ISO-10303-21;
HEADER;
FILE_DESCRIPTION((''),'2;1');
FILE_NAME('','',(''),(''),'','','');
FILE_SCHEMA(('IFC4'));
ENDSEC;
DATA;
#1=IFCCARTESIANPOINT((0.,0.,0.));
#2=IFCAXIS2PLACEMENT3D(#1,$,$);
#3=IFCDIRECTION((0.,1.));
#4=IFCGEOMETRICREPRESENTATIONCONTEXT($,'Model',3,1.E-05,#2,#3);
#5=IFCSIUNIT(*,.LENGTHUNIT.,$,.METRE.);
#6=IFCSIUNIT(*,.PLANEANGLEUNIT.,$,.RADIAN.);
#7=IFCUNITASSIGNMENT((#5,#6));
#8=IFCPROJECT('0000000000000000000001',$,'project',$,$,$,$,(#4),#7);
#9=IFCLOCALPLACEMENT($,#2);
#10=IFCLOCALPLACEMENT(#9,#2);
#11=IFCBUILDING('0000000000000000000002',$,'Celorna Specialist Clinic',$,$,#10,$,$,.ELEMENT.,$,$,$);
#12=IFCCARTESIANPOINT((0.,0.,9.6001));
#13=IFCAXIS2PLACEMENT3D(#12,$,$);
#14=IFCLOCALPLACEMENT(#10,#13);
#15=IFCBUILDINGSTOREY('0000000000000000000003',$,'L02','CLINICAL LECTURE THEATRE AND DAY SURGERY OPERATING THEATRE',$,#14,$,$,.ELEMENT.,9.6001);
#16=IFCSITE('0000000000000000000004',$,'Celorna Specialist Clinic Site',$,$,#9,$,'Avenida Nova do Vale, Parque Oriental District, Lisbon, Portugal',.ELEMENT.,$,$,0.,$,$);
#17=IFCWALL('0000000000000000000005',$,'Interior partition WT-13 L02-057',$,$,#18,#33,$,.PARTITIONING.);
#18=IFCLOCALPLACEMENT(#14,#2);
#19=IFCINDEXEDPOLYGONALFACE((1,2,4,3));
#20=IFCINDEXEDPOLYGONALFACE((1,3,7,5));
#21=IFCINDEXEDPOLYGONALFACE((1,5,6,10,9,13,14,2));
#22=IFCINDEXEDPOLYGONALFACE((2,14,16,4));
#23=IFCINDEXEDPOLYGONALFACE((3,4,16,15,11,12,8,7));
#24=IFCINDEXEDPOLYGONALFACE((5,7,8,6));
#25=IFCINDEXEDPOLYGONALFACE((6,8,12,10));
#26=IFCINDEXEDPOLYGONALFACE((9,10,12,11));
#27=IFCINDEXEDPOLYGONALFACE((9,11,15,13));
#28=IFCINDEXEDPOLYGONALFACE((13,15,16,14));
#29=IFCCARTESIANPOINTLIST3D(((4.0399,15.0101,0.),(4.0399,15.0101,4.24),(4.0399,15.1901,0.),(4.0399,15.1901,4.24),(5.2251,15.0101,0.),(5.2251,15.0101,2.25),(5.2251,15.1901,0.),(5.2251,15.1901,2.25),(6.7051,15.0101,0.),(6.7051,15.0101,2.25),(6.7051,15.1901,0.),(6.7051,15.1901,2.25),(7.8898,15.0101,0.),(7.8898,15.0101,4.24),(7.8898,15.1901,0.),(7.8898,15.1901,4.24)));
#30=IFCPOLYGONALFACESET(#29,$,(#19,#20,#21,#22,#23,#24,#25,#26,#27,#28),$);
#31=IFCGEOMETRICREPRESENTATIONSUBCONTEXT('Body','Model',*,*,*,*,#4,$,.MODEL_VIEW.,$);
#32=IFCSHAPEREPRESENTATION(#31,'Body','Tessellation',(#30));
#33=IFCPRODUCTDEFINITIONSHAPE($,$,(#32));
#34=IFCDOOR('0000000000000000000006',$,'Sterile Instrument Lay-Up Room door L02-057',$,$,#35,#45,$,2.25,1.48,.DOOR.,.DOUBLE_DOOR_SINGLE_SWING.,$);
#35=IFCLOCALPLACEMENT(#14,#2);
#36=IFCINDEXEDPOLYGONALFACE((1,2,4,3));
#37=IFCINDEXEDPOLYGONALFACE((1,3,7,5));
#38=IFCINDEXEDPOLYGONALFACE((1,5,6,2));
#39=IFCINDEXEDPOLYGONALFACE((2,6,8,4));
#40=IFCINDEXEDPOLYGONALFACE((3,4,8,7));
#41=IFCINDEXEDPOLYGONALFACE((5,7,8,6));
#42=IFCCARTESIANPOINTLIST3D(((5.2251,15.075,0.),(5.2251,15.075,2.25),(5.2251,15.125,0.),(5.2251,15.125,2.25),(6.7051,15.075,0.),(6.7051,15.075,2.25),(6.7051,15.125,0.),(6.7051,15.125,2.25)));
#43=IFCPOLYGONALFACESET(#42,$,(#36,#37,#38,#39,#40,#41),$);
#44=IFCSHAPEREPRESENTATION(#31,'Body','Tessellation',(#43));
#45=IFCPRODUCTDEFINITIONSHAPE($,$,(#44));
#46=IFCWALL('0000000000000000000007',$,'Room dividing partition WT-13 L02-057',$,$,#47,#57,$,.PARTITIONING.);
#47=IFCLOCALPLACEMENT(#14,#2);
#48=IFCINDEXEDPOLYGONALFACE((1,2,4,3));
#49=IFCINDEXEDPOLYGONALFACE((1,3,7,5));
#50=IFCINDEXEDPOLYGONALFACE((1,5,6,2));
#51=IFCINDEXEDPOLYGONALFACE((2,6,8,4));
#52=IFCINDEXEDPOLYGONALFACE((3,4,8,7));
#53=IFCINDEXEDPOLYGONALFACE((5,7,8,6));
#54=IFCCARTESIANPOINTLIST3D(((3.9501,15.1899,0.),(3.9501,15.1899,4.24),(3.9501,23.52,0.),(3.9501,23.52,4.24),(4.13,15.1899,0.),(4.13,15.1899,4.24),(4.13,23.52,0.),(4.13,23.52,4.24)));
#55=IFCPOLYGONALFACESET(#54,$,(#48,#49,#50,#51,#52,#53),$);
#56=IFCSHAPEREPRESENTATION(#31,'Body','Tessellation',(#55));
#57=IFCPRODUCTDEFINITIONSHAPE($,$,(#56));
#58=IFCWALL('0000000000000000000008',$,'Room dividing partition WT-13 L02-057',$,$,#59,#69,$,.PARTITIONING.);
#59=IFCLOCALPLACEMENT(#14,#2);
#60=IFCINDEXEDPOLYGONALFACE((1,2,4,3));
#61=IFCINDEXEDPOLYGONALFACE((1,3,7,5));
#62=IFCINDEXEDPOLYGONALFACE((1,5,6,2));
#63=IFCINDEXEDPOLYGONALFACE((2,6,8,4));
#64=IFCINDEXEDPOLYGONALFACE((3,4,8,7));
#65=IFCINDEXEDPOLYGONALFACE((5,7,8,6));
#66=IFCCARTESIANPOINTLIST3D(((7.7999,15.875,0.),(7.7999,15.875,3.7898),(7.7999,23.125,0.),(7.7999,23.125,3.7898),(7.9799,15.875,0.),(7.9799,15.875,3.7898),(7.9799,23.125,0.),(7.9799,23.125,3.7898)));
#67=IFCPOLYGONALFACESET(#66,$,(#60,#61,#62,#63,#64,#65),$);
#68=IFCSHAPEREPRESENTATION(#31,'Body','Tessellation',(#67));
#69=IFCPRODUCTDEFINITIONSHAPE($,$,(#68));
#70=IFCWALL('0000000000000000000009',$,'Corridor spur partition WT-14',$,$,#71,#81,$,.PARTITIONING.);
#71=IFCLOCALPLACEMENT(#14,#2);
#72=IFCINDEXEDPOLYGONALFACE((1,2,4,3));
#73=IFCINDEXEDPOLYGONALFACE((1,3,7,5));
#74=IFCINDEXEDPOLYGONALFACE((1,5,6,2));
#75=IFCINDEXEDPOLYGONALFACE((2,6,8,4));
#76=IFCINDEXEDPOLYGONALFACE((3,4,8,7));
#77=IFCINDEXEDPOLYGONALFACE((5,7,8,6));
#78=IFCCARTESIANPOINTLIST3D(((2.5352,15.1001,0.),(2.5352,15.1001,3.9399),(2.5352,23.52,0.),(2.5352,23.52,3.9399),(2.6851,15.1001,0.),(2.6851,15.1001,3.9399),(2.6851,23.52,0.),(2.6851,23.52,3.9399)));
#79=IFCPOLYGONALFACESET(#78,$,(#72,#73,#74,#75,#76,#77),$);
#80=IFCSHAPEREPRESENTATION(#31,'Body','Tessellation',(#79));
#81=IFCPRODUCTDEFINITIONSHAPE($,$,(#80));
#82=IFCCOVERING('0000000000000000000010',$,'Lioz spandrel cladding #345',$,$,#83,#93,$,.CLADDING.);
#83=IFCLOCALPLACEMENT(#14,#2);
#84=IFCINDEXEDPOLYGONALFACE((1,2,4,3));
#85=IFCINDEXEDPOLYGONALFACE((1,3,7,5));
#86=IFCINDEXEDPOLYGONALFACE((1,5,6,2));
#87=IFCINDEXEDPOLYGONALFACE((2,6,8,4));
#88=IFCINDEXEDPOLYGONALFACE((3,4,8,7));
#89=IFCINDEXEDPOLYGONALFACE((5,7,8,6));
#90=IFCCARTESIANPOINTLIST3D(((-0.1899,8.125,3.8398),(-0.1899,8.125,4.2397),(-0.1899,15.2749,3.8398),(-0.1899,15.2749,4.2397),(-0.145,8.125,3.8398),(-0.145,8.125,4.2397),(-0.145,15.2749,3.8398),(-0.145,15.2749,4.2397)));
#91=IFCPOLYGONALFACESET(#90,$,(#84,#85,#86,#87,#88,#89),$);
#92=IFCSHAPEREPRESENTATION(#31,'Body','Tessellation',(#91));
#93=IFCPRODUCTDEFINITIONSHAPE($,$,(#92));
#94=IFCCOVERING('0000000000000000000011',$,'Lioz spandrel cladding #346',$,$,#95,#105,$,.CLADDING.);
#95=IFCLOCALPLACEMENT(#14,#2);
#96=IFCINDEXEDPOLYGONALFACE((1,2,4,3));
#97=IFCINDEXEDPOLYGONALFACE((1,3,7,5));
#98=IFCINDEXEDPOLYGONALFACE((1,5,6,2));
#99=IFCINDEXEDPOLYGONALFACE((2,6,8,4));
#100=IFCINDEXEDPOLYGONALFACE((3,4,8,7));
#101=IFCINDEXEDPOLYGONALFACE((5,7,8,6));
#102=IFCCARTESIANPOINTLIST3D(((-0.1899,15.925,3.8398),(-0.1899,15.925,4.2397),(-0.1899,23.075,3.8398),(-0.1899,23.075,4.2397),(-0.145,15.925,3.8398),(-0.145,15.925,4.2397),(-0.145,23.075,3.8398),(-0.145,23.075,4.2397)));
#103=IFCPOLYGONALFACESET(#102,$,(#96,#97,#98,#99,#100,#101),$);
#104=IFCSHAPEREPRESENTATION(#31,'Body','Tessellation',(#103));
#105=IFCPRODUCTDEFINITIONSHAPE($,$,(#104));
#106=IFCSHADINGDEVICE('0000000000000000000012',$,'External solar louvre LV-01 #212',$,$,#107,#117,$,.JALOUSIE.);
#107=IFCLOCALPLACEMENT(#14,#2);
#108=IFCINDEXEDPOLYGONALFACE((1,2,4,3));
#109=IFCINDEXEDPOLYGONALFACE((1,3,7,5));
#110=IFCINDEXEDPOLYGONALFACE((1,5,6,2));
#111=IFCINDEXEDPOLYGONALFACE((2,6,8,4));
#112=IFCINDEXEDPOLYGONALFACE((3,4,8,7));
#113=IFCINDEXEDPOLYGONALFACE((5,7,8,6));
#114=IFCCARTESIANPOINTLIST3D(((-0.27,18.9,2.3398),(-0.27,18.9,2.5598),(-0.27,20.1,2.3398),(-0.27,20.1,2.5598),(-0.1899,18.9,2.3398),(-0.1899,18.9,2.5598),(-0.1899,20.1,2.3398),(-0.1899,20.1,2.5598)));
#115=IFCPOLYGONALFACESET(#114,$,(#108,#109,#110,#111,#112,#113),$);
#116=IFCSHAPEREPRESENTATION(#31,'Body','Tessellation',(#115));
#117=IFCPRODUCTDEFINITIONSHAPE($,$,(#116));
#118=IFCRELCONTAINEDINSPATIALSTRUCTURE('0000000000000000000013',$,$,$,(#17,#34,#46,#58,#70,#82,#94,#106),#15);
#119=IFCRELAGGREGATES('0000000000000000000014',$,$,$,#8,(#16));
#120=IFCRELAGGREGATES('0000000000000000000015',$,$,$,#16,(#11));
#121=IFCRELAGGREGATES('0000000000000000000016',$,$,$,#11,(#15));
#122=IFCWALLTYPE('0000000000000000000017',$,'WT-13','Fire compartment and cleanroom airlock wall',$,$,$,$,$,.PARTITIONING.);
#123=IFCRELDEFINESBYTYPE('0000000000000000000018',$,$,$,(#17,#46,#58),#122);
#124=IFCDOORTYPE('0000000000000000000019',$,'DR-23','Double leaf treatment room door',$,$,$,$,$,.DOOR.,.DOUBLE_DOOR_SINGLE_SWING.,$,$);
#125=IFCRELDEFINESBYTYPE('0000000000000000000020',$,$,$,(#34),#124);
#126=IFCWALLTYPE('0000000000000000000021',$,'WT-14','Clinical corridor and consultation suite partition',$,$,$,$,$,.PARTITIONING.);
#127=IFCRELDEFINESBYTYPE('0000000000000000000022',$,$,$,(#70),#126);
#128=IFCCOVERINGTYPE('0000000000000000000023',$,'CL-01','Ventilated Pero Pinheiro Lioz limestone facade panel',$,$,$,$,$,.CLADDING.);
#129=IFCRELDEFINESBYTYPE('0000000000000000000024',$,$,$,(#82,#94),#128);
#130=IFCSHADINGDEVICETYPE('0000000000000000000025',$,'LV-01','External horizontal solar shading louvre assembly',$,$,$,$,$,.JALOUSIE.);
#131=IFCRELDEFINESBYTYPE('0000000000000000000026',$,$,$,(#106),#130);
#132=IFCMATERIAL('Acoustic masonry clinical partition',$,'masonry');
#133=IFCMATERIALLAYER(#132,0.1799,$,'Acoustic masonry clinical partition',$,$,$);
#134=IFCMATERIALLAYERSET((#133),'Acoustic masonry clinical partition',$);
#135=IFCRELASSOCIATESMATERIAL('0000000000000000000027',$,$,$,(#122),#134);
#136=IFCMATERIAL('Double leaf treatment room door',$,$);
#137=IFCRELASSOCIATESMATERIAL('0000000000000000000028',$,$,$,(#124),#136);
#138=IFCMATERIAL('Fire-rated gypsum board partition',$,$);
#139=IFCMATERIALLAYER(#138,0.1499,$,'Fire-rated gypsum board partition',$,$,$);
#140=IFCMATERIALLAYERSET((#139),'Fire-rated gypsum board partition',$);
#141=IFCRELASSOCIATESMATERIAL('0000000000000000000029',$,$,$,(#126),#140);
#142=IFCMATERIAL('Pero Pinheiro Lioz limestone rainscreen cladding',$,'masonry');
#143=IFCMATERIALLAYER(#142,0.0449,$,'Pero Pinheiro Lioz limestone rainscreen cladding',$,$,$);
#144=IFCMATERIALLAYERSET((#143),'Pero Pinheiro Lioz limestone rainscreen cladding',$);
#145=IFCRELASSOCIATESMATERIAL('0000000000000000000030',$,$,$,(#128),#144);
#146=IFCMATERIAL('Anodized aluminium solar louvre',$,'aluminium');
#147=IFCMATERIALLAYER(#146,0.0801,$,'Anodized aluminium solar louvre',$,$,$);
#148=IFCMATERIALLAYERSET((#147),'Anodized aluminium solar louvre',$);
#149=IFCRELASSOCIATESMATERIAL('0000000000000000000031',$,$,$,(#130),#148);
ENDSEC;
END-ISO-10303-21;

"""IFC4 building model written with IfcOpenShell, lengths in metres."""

from ifc_helpers import new_model, si_unit, direction, frame, frame_2d, origin, origin_2d, place, context, subcontext, project, spatial, rectangle, extrude, material, layer, layer_set, type_object, element, fill, save


model = new_model("IFC4")

# Units and contexts
model_context = context("Model", 3, precision=1e-05, world=origin(), true_north=direction((0.0, 1.0)))
body_context = subcontext(model_context, "Body", "Model", "MODEL_VIEW")
ifc_project = project(units=[si_unit("LENGTHUNIT", "METRE"), si_unit("PLANEANGLEUNIT", "RADIAN")], contexts=[model_context])

# Site, building, storey
site_placement = place(None, origin())
site = spatial("IfcSite", under=ifc_project, at=site_placement, Name="Celorna Specialist Clinic Site", LongName="Avenida Nova do Vale, Parque Oriental District, Lisbon, Portugal", CompositionType="ELEMENT", RefElevation=0.0)
building_placement = place(site_placement, origin())
building = spatial("IfcBuilding", under=site, at=building_placement, Name="Celorna Specialist Clinic", CompositionType="ELEMENT")
storey_placement = place(building_placement, frame((0.0, 0.0, 9.6001)))
storey = spatial("IfcBuildingStorey", under=building, at=storey_placement, Name="L02", Description="CLINICAL LECTURE THEATRE AND DAY SURGERY OPERATING THEATRE", CompositionType="ELEMENT", Elevation=9.6001)

# Wall, opening, door
ifc_material_1 = material(Name="Acoustic masonry clinical partition", Category="masonry")
ifc_layer_1 = layer(ifc_material_1, 0.1799, Name="Acoustic masonry clinical partition")
ifc_layer_set_1 = layer_set([ifc_layer_1], Name="Acoustic masonry clinical partition")
wall_type_1 = type_object("IfcWallType", Name="WT-13", Description="Fire compartment and cleanroom airlock wall", PredefinedType="PARTITIONING", material=ifc_layer_set_1)
wall_1_placement = place(storey_placement, frame((4.04, 15.1001, 0.0), z_axis=(0.0, 0.0, 1.0), x_axis=(1.0, 0.0, 0.0)))
wall_1 = element("IfcWall", 1, at=wall_1_placement, inside=storey, type_object=wall_type_1, Name="Interior partition WT-13 L02-057", PredefinedType="PARTITIONING", context=body_context, shape_type="SweptSolid", body=[
    extrude(rectangle(XDim=3.8499, YDim=0.1799, at=frame_2d((1.9248, 0.0))), origin(), (0.0, 0.0, 1.0), 4.24),
])
opening_1_placement = place(wall_1_placement, frame((1.1851, 0.0, 0.0)))
opening_1 = element("IfcOpeningElement", 2, at=opening_1_placement, cuts=wall_1, PredefinedType="OPENING", context=body_context, shape_type="SweptSolid", body=[
    extrude(rectangle(XDim=1.48, YDim=2.25, at=frame_2d((0.74, 1.125))), frame((0.0, 0.0999, 0.0), z_axis=(0.0, -1.0, 0.0), x_axis=(1.0, 0.0, 0.0)), (0.0, 0.0, 1.0), 0.2),
])
ifc_material_2 = material(Name="Double leaf treatment room door")
door_type_1 = type_object("IfcDoorType", Name="DR-23", Description="Double leaf treatment room door", OperationType="DOUBLE_DOOR_SINGLE_SWING", PredefinedType="DOOR", material=ifc_material_2)
door_1_placement = place(opening_1_placement, origin())
door_1 = element("IfcDoor", 3, at=door_1_placement, inside=storey, type_object=door_type_1, Name="Sterile Instrument Lay-Up Room door L02-057", OperationType="DOUBLE_DOOR_SINGLE_SWING", OverallHeight=2.25, OverallWidth=1.48, PredefinedType="DOOR", context=body_context, shape_type="SweptSolid", body=[
    extrude(rectangle(XDim=1.48, YDim=2.25, at=frame_2d((0.74, 1.125))), frame((0.0, 0.0249, 0.0), z_axis=(0.0, -1.0, 0.0), x_axis=(1.0, 0.0, 0.0)), (0.0, 0.0, 1.0), 0.05),
])
fill(opening_1, door_1)

# Walls
wall_2_placement = place(storey_placement, frame((4.04, 15.1899, 0.0), z_axis=(0.0, 0.0, 1.0), x_axis=(0.0, 1.0, 0.0)))
element("IfcWall", 4, at=wall_2_placement, inside=storey, type_object=wall_type_1, Name="Room dividing partition WT-13 L02-057", PredefinedType="PARTITIONING", context=body_context, shape_type="SweptSolid", body=[
    extrude(rectangle(XDim=8.3301, YDim=0.1799, at=frame_2d((4.165, 0.0))), origin(), (0.0, 0.0, 1.0), 4.24),
])
wall_3_placement = place(storey_placement, frame((7.8899, 15.875, 0.0), z_axis=(0.0, 0.0, 1.0), x_axis=(0.0, 1.0, 0.0)))
element("IfcWall", 5, at=wall_3_placement, inside=storey, type_object=wall_type_1, Name="Room dividing partition WT-13 L02-057", PredefinedType="PARTITIONING", context=body_context, shape_type="SweptSolid", body=[
    extrude(rectangle(XDim=7.25, YDim=0.1799, at=frame_2d((3.625, 0.0))), origin(), (0.0, 0.0, 1.0), 3.7898),
])
ifc_material_3 = material(Name="Fire-rated gypsum board partition")
ifc_layer_2 = layer(ifc_material_3, 0.1499, Name="Fire-rated gypsum board partition")
ifc_layer_set_2 = layer_set([ifc_layer_2], Name="Fire-rated gypsum board partition")
wall_type_2 = type_object("IfcWallType", Name="WT-14", Description="Clinical corridor and consultation suite partition", PredefinedType="PARTITIONING", material=ifc_layer_set_2)
wall_4_placement = place(storey_placement, frame((2.6101, 15.1001, 0.0), z_axis=(0.0, 0.0, 1.0), x_axis=(0.0, 1.0, 0.0)))
element("IfcWall", 6, at=wall_4_placement, inside=storey, type_object=wall_type_2, Name="Corridor spur partition WT-14", PredefinedType="PARTITIONING", context=body_context, shape_type="SweptSolid", body=[
    extrude(rectangle(XDim=8.4199, YDim=0.1499, at=frame_2d((4.21, 0.0))), origin(), (0.0, 0.0, 1.0), 3.9399),
])

# Coverings
ifc_material_4 = material(Name="Pero Pinheiro Lioz limestone rainscreen cladding", Category="masonry")
ifc_layer_3 = layer(ifc_material_4, 0.0449, Name="Pero Pinheiro Lioz limestone rainscreen cladding")
ifc_layer_set_3 = layer_set([ifc_layer_3], Name="Pero Pinheiro Lioz limestone rainscreen cladding")
covering_type = type_object("IfcCoveringType", Name="CL-01", Description="Ventilated Pero Pinheiro Lioz limestone facade panel", PredefinedType="CLADDING", material=ifc_layer_set_3)
for number, where, z_axis, x_axis, name in (
    (7, (-0.1675, 11.7, 3.8398), (0.0, 0.0, 1.0), (0.0, 1.0, 0.0), "Lioz spandrel cladding #345"),
    (8, (-0.1675, 19.5, 3.8398), (0.0, 0.0, 1.0), (0.0, 1.0, 0.0), "Lioz spandrel cladding #346"),
):
    element("IfcCovering", number, at=place(storey_placement, frame(where, z_axis=z_axis, x_axis=x_axis)), inside=storey, type_object=covering_type, Name=name, PredefinedType="CLADDING", context=body_context, shape_type="SweptSolid", body=[
        extrude(rectangle(XDim=7.1499, YDim=0.0449, at=origin_2d()), origin(), (0.0, 0.0, 1.0), 0.3999),
    ])

# Shading device
ifc_material_5 = material(Name="Anodized aluminium solar louvre", Category="aluminium")
ifc_layer_4 = layer(ifc_material_5, 0.0801, Name="Anodized aluminium solar louvre")
ifc_layer_set_4 = layer_set([ifc_layer_4], Name="Anodized aluminium solar louvre")
shading_device_type = type_object("IfcShadingDeviceType", Name="LV-01", Description="External horizontal solar shading louvre assembly", PredefinedType="JALOUSIE", material=ifc_layer_set_4)
shading_device_placement = place(storey_placement, frame((-0.23, 19.5, 2.3398), z_axis=(0.0, 0.0, 1.0), x_axis=(0.0, 1.0, 0.0)))
element("IfcShadingDevice", 9, at=shading_device_placement, inside=storey, type_object=shading_device_type, Name="External solar louvre LV-01 #212", PredefinedType="JALOUSIE", context=body_context, shape_type="SweptSolid", body=[
    extrude(rectangle(XDim=1.2, YDim=0.0801, at=origin_2d()), origin(), (0.0, 0.0, 1.0), 0.22),
])

save(model, "model.ifc")
